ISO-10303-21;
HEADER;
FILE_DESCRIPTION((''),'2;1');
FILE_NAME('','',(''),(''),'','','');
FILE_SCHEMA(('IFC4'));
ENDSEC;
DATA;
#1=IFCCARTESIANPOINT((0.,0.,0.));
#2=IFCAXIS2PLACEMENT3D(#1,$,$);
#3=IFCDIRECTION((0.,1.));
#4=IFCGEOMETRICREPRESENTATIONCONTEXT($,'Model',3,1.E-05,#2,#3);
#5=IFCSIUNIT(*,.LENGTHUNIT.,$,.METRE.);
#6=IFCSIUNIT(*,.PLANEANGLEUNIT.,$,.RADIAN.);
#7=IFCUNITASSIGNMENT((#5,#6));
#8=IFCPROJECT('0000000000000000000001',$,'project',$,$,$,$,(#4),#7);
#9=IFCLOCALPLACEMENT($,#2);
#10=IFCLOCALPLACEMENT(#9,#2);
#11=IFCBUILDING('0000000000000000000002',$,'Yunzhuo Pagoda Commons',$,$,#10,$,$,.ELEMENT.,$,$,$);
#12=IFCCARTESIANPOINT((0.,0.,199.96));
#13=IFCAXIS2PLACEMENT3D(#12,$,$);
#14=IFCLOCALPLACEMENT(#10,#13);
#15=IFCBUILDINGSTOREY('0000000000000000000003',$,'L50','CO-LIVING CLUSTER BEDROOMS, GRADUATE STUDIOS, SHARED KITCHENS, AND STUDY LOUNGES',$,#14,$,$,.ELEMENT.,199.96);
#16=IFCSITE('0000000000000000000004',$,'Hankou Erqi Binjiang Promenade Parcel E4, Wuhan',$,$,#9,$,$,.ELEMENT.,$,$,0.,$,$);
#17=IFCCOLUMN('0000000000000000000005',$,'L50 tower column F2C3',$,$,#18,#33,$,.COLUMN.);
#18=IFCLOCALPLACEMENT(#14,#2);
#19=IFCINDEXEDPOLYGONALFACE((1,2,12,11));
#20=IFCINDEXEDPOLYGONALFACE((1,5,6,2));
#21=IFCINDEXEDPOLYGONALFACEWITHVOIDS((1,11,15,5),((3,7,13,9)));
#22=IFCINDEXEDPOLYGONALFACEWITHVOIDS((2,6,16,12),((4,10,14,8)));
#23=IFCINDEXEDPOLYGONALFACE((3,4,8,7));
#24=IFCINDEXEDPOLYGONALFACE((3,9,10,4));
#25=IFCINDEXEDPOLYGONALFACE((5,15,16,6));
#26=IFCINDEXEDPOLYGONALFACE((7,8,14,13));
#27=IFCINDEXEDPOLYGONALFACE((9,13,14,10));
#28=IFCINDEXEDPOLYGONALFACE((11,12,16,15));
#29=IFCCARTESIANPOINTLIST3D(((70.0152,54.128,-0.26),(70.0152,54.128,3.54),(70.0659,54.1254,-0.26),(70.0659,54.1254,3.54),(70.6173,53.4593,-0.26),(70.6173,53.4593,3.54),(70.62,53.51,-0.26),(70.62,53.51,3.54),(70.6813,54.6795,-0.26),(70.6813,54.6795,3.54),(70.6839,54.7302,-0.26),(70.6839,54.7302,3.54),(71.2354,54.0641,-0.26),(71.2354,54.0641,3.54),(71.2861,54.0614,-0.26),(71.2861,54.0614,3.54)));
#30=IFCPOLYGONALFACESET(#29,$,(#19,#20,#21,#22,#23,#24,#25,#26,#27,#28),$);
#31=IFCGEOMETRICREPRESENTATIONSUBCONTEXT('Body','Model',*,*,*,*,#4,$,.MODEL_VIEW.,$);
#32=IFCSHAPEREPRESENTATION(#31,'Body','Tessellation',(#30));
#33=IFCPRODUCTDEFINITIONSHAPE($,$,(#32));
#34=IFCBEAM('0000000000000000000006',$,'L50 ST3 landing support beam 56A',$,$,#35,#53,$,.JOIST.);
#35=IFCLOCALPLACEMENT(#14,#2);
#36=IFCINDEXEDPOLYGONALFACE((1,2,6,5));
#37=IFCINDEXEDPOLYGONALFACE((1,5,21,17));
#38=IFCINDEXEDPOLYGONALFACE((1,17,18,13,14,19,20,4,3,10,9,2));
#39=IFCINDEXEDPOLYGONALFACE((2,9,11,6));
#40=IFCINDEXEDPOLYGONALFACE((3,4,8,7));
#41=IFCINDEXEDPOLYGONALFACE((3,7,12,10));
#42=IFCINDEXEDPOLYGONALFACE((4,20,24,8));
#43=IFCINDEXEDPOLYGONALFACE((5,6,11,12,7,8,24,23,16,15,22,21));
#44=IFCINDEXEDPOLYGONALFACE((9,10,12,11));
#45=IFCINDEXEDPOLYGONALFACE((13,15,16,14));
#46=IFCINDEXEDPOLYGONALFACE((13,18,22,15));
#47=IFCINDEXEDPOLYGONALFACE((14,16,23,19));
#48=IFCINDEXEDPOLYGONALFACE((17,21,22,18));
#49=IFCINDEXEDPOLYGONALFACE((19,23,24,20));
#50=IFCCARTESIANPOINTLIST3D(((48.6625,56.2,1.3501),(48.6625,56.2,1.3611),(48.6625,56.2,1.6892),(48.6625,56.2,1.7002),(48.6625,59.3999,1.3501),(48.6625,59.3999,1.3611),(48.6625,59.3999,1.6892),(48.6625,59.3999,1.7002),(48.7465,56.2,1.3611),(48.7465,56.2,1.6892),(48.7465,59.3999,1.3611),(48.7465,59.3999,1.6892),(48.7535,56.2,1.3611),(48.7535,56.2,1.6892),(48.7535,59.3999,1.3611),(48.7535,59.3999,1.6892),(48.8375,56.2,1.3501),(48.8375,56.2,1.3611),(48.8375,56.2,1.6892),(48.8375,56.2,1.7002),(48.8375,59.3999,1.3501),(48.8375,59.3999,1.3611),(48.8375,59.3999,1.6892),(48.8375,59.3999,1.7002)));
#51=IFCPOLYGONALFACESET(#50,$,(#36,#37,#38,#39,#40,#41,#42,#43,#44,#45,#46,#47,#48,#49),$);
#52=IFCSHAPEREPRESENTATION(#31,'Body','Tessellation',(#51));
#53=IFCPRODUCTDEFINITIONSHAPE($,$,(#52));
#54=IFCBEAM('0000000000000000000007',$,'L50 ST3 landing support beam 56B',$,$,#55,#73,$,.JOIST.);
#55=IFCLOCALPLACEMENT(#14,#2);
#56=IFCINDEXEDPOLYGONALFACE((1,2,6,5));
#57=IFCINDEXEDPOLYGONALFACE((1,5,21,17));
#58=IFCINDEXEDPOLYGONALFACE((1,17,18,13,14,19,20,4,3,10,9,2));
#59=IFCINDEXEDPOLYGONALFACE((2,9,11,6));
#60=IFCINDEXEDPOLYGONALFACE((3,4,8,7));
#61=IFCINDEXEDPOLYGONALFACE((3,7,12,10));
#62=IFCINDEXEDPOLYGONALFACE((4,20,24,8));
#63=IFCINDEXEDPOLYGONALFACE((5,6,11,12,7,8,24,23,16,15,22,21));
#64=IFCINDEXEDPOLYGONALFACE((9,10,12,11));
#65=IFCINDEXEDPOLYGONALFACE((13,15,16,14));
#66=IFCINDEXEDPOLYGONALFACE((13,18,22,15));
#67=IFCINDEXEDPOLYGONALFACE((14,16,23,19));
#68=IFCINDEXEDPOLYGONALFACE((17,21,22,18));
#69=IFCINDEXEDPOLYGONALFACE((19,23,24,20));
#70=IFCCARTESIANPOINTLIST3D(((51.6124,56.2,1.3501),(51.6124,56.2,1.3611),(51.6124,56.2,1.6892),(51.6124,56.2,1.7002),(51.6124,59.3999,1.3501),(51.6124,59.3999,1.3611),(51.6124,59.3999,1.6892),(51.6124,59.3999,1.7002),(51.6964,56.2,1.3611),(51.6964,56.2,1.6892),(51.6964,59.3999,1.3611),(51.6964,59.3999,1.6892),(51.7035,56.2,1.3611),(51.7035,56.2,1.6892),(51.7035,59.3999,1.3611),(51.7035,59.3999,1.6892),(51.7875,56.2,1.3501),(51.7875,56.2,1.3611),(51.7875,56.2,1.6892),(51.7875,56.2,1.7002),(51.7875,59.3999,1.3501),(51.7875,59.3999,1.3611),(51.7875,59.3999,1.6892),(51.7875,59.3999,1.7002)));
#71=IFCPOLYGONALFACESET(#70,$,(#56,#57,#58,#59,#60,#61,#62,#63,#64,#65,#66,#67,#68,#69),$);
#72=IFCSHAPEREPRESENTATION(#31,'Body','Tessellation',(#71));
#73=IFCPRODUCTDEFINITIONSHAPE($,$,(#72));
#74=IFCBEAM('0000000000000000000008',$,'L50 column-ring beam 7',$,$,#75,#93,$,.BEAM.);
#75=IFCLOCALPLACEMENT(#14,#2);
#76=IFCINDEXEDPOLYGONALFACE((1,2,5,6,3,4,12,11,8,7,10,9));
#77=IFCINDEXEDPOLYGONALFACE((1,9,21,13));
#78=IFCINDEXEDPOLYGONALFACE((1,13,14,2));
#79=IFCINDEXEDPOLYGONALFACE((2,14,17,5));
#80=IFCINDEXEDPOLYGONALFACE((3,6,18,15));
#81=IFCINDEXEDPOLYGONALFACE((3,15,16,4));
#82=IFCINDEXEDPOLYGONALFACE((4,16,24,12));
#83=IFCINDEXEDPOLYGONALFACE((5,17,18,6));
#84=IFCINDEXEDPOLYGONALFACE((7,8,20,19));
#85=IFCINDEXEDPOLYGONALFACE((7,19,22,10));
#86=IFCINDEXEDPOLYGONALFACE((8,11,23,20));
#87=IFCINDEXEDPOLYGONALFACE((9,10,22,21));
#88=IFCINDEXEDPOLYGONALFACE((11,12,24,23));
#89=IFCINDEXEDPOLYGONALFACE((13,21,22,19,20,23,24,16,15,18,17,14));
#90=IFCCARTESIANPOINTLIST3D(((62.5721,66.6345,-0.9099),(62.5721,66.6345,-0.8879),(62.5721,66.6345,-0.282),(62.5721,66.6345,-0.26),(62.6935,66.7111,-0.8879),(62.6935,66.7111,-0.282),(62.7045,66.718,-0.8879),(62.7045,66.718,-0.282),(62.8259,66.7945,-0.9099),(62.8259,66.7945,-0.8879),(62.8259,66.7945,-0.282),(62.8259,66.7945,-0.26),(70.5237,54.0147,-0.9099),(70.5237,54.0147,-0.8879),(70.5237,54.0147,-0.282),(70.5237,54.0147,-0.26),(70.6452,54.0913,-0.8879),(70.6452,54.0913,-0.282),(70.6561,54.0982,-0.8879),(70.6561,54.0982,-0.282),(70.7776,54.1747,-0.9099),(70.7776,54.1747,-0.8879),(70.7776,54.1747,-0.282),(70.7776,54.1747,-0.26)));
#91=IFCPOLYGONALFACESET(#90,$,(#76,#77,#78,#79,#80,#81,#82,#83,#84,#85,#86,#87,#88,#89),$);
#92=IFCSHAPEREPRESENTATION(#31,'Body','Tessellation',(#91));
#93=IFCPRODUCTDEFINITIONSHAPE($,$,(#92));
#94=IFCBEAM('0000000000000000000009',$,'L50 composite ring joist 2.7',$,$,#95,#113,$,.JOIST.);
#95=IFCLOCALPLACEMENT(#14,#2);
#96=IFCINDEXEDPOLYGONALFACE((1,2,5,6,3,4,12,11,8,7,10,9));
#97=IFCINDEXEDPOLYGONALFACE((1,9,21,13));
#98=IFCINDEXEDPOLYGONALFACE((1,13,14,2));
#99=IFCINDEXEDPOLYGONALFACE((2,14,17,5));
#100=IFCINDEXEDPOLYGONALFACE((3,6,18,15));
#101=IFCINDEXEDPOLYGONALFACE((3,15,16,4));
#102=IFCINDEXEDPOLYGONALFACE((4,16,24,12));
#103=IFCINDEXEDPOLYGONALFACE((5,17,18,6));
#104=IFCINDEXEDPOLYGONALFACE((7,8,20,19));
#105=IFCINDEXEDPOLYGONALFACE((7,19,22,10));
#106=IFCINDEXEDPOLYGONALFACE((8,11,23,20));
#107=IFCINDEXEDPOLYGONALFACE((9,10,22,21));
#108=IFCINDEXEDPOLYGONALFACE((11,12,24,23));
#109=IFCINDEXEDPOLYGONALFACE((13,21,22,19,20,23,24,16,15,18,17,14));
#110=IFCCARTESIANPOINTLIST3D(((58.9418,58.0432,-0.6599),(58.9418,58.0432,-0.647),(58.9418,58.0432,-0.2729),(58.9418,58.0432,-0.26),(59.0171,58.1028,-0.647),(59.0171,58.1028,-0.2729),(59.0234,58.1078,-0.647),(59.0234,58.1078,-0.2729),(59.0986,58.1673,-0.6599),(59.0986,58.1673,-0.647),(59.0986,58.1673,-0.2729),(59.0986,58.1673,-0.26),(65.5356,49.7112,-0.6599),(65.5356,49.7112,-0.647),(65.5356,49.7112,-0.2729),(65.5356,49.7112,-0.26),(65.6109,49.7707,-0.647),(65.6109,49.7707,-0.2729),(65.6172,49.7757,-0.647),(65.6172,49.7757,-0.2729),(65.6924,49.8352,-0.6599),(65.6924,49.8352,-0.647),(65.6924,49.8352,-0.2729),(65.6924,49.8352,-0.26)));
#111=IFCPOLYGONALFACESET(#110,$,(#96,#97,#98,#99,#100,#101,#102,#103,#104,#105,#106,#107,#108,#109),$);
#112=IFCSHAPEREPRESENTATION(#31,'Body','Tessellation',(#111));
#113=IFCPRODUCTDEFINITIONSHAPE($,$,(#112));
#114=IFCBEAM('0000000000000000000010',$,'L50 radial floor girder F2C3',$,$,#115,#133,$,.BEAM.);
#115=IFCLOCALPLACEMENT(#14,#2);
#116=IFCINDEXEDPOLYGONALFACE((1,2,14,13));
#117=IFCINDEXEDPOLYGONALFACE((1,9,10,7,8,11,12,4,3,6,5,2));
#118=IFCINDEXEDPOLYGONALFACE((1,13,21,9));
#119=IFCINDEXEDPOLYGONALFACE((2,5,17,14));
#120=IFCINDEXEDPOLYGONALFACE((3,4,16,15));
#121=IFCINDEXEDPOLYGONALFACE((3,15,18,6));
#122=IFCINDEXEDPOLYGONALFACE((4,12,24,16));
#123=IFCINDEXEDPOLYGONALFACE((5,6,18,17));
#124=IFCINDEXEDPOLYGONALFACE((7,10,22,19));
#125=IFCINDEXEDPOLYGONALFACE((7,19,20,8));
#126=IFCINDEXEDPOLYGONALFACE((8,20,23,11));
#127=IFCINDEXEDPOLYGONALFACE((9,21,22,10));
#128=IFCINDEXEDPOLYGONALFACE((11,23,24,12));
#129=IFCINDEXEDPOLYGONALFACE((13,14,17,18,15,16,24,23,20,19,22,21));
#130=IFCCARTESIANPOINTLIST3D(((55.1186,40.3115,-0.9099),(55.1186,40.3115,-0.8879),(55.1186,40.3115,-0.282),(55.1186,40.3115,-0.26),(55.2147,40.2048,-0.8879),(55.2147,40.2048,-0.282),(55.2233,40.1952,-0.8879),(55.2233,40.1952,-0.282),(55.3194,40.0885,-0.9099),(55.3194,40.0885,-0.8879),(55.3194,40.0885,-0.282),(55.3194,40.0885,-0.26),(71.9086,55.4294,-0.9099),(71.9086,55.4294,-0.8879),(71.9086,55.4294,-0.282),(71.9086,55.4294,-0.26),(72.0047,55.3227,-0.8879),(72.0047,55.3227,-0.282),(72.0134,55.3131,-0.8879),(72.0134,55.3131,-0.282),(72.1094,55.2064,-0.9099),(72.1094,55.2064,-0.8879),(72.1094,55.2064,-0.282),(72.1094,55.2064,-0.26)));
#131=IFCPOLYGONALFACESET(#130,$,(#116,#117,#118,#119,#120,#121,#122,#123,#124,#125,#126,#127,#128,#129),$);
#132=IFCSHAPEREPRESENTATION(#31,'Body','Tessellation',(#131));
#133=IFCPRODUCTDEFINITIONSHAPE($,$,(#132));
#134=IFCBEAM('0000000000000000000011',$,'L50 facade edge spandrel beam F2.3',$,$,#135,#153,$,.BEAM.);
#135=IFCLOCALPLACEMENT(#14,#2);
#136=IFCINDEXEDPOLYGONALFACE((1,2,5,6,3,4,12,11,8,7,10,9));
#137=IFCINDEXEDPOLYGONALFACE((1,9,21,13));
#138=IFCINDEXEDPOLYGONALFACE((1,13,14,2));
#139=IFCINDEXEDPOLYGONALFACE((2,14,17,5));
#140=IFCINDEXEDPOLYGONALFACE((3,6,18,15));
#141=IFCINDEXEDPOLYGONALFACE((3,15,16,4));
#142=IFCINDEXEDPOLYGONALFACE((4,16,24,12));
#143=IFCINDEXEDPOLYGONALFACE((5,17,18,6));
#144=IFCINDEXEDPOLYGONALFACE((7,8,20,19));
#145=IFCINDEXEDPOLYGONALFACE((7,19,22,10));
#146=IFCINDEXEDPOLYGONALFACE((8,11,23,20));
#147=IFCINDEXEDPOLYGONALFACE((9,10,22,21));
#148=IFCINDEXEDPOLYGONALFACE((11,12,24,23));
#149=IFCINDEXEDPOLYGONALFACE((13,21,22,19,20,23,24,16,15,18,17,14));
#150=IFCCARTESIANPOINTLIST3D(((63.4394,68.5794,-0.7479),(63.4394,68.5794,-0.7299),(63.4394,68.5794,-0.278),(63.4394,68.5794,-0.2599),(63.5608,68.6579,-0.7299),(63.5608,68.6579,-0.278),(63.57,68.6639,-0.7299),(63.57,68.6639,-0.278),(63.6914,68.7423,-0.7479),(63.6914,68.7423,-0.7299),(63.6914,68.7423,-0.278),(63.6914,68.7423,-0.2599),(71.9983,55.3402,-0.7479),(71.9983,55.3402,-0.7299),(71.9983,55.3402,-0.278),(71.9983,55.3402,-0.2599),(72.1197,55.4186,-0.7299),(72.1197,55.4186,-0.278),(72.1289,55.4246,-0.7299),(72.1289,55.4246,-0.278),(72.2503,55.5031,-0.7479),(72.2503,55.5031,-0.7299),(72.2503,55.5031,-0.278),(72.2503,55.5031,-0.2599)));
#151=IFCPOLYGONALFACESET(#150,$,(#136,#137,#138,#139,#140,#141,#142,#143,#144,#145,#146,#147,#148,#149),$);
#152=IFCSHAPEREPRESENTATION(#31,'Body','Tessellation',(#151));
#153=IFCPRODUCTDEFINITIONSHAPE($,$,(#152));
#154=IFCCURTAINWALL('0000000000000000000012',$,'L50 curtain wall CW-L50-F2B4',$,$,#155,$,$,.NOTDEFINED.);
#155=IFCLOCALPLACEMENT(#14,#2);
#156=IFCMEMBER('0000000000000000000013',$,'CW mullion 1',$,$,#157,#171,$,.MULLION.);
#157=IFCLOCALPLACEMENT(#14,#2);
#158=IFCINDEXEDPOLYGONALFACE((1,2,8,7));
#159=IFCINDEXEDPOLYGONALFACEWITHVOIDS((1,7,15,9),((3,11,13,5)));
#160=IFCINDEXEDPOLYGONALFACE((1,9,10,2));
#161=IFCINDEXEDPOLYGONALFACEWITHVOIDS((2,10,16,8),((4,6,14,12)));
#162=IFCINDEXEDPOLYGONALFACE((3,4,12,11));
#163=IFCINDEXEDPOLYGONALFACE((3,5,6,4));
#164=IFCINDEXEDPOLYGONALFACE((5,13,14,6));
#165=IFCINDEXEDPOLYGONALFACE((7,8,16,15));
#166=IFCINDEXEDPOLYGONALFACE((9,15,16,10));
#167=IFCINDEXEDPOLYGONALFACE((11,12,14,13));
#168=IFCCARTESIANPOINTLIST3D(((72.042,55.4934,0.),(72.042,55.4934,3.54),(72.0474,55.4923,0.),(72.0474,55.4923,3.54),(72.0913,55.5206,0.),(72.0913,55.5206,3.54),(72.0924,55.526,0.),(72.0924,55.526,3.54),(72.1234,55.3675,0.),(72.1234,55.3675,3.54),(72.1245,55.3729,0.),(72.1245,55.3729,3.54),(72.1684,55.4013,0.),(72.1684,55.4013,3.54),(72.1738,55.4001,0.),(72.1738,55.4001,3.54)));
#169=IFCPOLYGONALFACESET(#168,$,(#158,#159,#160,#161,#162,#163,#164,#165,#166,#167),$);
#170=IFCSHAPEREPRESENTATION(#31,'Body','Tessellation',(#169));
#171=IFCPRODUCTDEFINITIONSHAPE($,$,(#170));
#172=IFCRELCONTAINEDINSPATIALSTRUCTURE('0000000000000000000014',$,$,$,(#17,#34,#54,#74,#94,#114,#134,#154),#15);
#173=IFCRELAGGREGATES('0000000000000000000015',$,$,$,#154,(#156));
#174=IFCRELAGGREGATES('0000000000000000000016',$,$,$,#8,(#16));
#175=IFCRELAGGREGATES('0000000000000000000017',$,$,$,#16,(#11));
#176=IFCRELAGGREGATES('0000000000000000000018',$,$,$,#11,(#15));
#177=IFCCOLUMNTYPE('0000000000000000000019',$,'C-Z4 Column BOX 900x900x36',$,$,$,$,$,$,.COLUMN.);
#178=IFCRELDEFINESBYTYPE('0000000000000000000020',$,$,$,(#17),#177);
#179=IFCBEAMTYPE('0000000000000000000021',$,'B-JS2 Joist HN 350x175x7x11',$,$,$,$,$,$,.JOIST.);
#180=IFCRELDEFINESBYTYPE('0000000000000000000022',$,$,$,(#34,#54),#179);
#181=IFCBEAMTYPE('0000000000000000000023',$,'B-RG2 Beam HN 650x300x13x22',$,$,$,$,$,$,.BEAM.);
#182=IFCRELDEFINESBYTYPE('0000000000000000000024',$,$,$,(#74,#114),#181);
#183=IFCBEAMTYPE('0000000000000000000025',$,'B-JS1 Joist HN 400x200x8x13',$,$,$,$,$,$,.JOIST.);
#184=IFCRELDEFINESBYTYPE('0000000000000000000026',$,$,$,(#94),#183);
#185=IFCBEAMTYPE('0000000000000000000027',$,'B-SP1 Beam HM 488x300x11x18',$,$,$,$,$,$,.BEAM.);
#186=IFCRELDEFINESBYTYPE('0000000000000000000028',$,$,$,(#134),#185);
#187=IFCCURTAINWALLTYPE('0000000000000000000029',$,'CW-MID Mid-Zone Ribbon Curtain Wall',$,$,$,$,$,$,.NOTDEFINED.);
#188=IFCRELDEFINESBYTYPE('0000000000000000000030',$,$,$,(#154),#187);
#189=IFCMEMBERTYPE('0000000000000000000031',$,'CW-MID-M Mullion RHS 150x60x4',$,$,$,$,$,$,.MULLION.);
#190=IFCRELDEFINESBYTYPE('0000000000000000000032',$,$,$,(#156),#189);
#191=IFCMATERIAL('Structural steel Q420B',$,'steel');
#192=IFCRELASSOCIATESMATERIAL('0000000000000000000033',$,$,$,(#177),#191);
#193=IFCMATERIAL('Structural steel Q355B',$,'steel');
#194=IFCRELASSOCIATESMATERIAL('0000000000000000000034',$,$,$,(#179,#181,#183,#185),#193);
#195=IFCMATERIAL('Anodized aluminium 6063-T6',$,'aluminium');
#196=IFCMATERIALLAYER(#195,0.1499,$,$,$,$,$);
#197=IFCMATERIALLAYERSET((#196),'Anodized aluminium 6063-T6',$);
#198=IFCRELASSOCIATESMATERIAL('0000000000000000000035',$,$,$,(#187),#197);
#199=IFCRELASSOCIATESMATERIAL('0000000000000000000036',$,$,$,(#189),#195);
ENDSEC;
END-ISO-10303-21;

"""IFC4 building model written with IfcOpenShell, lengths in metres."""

from ifc_helpers import new_model, si_unit, direction, frame, origin, origin_2d, place, context, subcontext, project, spatial, hollow_rectangle, i_section, extrude, source, transform, mapped, material, layer, layer_set, material_profile, profile_set, type_object, element, aggregate, save


model = new_model("IFC4")

# Units and contexts
model_context = context("Model", 3, precision=1e-05, world=origin(), true_north=direction((0.0, 1.0)))
body_context = subcontext(model_context, "Body", "Model", "MODEL_VIEW")
ifc_project = project(units=[si_unit("LENGTHUNIT", "METRE"), si_unit("PLANEANGLEUNIT", "RADIAN")], contexts=[model_context])

# Site, building, storey
site_placement = place(None, origin())
site = spatial("IfcSite", under=ifc_project, at=site_placement, Name="Hankou Erqi Binjiang Promenade Parcel E4, Wuhan", CompositionType="ELEMENT", RefElevation=0.0)
building_placement = place(site_placement, origin())
building = spatial("IfcBuilding", under=site, at=building_placement, Name="Yunzhuo Pagoda Commons", CompositionType="ELEMENT")
storey_placement = place(building_placement, frame((0.0, 0.0, 199.96)))
storey = spatial("IfcBuildingStorey", under=building, at=storey_placement, Name="L50", Description="CO-LIVING CLUSTER BEDROOMS, GRADUATE STUDIOS, SHARED KITCHENS, AND STUDY LOUNGES", CompositionType="ELEMENT", Elevation=199.96)

# Column
ifc_material_1 = material(Name="Structural steel Q420B", Category="steel")
ifc_material_profile_1 = material_profile(ifc_material_1, hollow_rectangle(XDim=0.8999, YDim=0.8999, WallThickness=0.0359, at=origin_2d()), Name="Structural steel Q420B")
ifc_profile_set_1 = profile_set([ifc_material_profile_1], Name="Structural steel Q420B")
column_type = type_object("IfcColumnType", Name="C-Z4 Column BOX 900x900x36", PredefinedType="COLUMN", material=ifc_profile_set_1)
shared_shape_1 = source(origin(), body_context, "Body", "SweptSolid", [
    extrude(hollow_rectangle(XDim=0.8999, YDim=0.8999, WallThickness=0.0359, at=origin_2d()), origin(), (0.0, 0.0, 1.0), 3.8),
])
column_placement = place(storey_placement, frame((70.6506, 54.0947, -0.26), z_axis=(0.0, 0.0, 1.0), x_axis=(-0.669131, 0.743145, 0.0)))
element("IfcColumn", 1, at=column_placement, inside=storey, type_object=column_type, Name="L50 tower column F2C3", PredefinedType="COLUMN", context=body_context, shape_type="MappedRepresentation", body=[
    mapped(shared_shape_1, transform((0.0, 0.0, 0.0), scale=1.0)),
])

# Beams
ifc_material_2 = material(Name="Structural steel Q355B", Category="steel")
ifc_material_profile_2 = material_profile(ifc_material_2, i_section(OverallWidth=0.175, OverallDepth=0.3501, WebThickness=0.0071, FlangeThickness=0.011, at=origin_2d()), Name="Structural steel Q355B")
ifc_profile_set_2 = profile_set([ifc_material_profile_2], Name="Structural steel Q355B")
beam_type_1 = type_object("IfcBeamType", Name="B-JS2 Joist HN 350x175x7x11", PredefinedType="JOIST", material=ifc_profile_set_2)
shared_shape_2 = source(origin(), body_context, "Body", "SweptSolid", [
    extrude(i_section(OverallWidth=0.175, OverallDepth=0.3501, WebThickness=0.0071, FlangeThickness=0.011, at=origin_2d()), origin(), (0.0, 0.0, 1.0), 3.2),
])
for number, where, z_axis, x_axis, name in (
    (2, (48.75, 56.2, 1.5251), (0.0, 1.0, 0.0), (-1.0, 0.0, 0.0), "L50 ST3 landing support beam 56A"),
    (3, (51.7, 56.2, 1.5251), (0.0, 1.0, 0.0), (-1.0, 0.0, 0.0), "L50 ST3 landing support beam 56B"),
):
    element("IfcBeam", number, at=place(storey_placement, frame(where, z_axis=z_axis, x_axis=x_axis)), inside=storey, type_object=beam_type_1, Name=name, PredefinedType="JOIST", context=body_context, shape_type="MappedRepresentation", body=[
        mapped(shared_shape_2, transform((0.0, 0.0, 0.0), scale=1.0)),
    ])
ifc_material_profile_3 = material_profile(ifc_material_2, i_section(OverallWidth=0.3, OverallDepth=0.6499, WebThickness=0.0129, FlangeThickness=0.022, at=origin_2d()), Name="Structural steel Q355B")
ifc_profile_set_3 = profile_set([ifc_material_profile_3], Name="Structural steel Q355B")
beam_type_2 = type_object("IfcBeamType", Name="B-RG2 Beam HN 650x300x13x22", PredefinedType="BEAM", material=ifc_profile_set_3)
shared_shape_3 = source(origin(), body_context, "Body", "SweptSolid", [
    extrude(i_section(OverallWidth=0.3, OverallDepth=0.6499, WebThickness=0.0129, FlangeThickness=0.022, at=origin_2d()), origin(), (0.0, 0.0, 1.0), 14.916),
])
beam_1_placement = place(storey_placement, frame((70.6506, 54.0947, -0.585), z_axis=(-0.533092, 0.846057, 0.0), x_axis=(-0.846057, -0.533092, 0.0)))
element("IfcBeam", 4, at=beam_1_placement, inside=storey, type_object=beam_type_2, Name="L50 column-ring beam 7", PredefinedType="BEAM", context=body_context, shape_type="MappedRepresentation", body=[
    mapped(shared_shape_3, transform((0.0, 0.0, 0.0), scale=1.0)),
])
ifc_material_profile_4 = material_profile(ifc_material_2, i_section(OverallWidth=0.2, OverallDepth=0.3999, WebThickness=0.0081, FlangeThickness=0.0129, at=origin_2d()), Name="Structural steel Q355B")
ifc_profile_set_4 = profile_set([ifc_material_profile_4], Name="Structural steel Q355B")
beam_type_3 = type_object("IfcBeamType", Name="B-JS1 Joist HN 400x200x8x13", PredefinedType="JOIST", material=ifc_profile_set_4)
shared_shape_4 = source(origin(), body_context, "Body", "SweptSolid", [
    extrude(i_section(OverallWidth=0.2, OverallDepth=0.3999, WebThickness=0.0081, FlangeThickness=0.0129, at=origin_2d()), origin(), (0.0, 0.0, 1.0), 10.6255),
])
beam_2_placement = place(storey_placement, frame((65.614, 49.7732, -0.46), z_axis=(-0.620562, 0.784158, 0.0), x_axis=(-0.784158, -0.620562, 0.0)))
element("IfcBeam", 5, at=beam_2_placement, inside=storey, type_object=beam_type_3, Name="L50 composite ring joist 2.7", PredefinedType="JOIST", context=body_context, shape_type="MappedRepresentation", body=[
    mapped(shared_shape_4, transform((0.0, 0.0, 0.0), scale=1.0)),
])
shared_shape_5 = source(origin(), body_context, "Body", "SweptSolid", [
    extrude(i_section(OverallWidth=0.3, OverallDepth=0.6499, WebThickness=0.0129, FlangeThickness=0.022, at=origin_2d()), origin(), (0.0, 0.0, 1.0), 22.5933),
])
beam_3_placement = place(storey_placement, frame((72.009, 55.3179, -0.585), z_axis=(-0.743143, -0.669133, 0.0), x_axis=(0.669133, -0.743143, 0.0)))
element("IfcBeam", 6, at=beam_3_placement, inside=storey, type_object=beam_type_2, Name="L50 radial floor girder F2C3", PredefinedType="BEAM", context=body_context, shape_type="MappedRepresentation", body=[
    mapped(shared_shape_5, transform((0.0, 0.0, 0.0), scale=1.0)),
])
ifc_material_profile_5 = material_profile(ifc_material_2, i_section(OverallWidth=0.3, OverallDepth=0.488, WebThickness=0.011, FlangeThickness=0.0181, at=origin_2d()), Name="Structural steel Q355B")
ifc_profile_set_5 = profile_set([ifc_material_profile_5], Name="Structural steel Q355B")
beam_type_4 = type_object("IfcBeamType", Name="B-SP1 Beam HM 488x300x11x18", PredefinedType="BEAM", material=ifc_profile_set_5)
shared_shape_6 = source(origin(), body_context, "Body", "SweptSolid", [
    extrude(i_section(OverallWidth=0.3, OverallDepth=0.488, WebThickness=0.011, FlangeThickness=0.0181, at=origin_2d()), origin(), (0.0, 0.0, 1.0), 15.7649),
])
beam_4_placement = place(storey_placement, frame((72.1243, 55.4216, -0.5039), z_axis=(-0.542905, 0.839794, 0.0), x_axis=(-0.839794, -0.542905, 0.0)))
element("IfcBeam", 7, at=beam_4_placement, inside=storey, type_object=beam_type_4, Name="L50 facade edge spandrel beam F2.3", PredefinedType="BEAM", context=body_context, shape_type="MappedRepresentation", body=[
    mapped(shared_shape_6, transform((0.0, 0.0, 0.0), scale=1.0)),
])

# Curtain wall, member
ifc_material_3 = material(Name="Anodized aluminium 6063-T6", Category="aluminium")
ifc_layer_1 = layer(ifc_material_3, 0.1499)
ifc_layer_set_1 = layer_set([ifc_layer_1], Name="Anodized aluminium 6063-T6")
curtain_wall_type = type_object("IfcCurtainWallType", Name="CW-MID Mid-Zone Ribbon Curtain Wall", PredefinedType="NOTDEFINED", material=ifc_layer_set_1)
curtain_wall_1_placement = place(storey_placement, origin())
curtain_wall_1 = element("IfcCurtainWall", 8, at=curtain_wall_1_placement, inside=storey, type_object=curtain_wall_type, Name="L50 curtain wall CW-L50-F2B4", PredefinedType="NOTDEFINED")
ifc_material_profile_6 = material_profile(ifc_material_3, hollow_rectangle(XDim=0.0601, YDim=0.1499, WallThickness=0.0039, at=origin_2d()), Name="Anodized aluminium 6063-T6")
ifc_profile_set_6 = profile_set([ifc_material_profile_6], Name="Anodized aluminium 6063-T6")
member_type_1 = type_object("IfcMemberType", Name="CW-MID-M Mullion RHS 150x60x4", PredefinedType="MULLION", material=ifc_profile_set_6)
shared_shape_7 = source(origin(), body_context, "Body", "SweptSolid", [
    extrude(hollow_rectangle(XDim=0.0601, YDim=0.1499, WallThickness=0.0039, at=origin_2d()), origin(), (0.0, 0.0, 1.0), 3.54),
])
member_1_placement = place(storey_placement, frame((72.1079, 55.4468, 0.0), z_axis=(0.0, 0.0, 1.0), x_axis=(-0.839794, -0.542905, 0.0)))
member_1 = element("IfcMember", 9, at=member_1_placement, type_object=member_type_1, Name="CW mullion 1", PredefinedType="MULLION", context=body_context, shape_type="MappedRepresentation", body=[
    mapped(shared_shape_7, transform((0.0, 0.0, 0.0), scale=1.0)),
])
aggregate(curtain_wall_1, [member_1])

save(model, "model.ifc")
